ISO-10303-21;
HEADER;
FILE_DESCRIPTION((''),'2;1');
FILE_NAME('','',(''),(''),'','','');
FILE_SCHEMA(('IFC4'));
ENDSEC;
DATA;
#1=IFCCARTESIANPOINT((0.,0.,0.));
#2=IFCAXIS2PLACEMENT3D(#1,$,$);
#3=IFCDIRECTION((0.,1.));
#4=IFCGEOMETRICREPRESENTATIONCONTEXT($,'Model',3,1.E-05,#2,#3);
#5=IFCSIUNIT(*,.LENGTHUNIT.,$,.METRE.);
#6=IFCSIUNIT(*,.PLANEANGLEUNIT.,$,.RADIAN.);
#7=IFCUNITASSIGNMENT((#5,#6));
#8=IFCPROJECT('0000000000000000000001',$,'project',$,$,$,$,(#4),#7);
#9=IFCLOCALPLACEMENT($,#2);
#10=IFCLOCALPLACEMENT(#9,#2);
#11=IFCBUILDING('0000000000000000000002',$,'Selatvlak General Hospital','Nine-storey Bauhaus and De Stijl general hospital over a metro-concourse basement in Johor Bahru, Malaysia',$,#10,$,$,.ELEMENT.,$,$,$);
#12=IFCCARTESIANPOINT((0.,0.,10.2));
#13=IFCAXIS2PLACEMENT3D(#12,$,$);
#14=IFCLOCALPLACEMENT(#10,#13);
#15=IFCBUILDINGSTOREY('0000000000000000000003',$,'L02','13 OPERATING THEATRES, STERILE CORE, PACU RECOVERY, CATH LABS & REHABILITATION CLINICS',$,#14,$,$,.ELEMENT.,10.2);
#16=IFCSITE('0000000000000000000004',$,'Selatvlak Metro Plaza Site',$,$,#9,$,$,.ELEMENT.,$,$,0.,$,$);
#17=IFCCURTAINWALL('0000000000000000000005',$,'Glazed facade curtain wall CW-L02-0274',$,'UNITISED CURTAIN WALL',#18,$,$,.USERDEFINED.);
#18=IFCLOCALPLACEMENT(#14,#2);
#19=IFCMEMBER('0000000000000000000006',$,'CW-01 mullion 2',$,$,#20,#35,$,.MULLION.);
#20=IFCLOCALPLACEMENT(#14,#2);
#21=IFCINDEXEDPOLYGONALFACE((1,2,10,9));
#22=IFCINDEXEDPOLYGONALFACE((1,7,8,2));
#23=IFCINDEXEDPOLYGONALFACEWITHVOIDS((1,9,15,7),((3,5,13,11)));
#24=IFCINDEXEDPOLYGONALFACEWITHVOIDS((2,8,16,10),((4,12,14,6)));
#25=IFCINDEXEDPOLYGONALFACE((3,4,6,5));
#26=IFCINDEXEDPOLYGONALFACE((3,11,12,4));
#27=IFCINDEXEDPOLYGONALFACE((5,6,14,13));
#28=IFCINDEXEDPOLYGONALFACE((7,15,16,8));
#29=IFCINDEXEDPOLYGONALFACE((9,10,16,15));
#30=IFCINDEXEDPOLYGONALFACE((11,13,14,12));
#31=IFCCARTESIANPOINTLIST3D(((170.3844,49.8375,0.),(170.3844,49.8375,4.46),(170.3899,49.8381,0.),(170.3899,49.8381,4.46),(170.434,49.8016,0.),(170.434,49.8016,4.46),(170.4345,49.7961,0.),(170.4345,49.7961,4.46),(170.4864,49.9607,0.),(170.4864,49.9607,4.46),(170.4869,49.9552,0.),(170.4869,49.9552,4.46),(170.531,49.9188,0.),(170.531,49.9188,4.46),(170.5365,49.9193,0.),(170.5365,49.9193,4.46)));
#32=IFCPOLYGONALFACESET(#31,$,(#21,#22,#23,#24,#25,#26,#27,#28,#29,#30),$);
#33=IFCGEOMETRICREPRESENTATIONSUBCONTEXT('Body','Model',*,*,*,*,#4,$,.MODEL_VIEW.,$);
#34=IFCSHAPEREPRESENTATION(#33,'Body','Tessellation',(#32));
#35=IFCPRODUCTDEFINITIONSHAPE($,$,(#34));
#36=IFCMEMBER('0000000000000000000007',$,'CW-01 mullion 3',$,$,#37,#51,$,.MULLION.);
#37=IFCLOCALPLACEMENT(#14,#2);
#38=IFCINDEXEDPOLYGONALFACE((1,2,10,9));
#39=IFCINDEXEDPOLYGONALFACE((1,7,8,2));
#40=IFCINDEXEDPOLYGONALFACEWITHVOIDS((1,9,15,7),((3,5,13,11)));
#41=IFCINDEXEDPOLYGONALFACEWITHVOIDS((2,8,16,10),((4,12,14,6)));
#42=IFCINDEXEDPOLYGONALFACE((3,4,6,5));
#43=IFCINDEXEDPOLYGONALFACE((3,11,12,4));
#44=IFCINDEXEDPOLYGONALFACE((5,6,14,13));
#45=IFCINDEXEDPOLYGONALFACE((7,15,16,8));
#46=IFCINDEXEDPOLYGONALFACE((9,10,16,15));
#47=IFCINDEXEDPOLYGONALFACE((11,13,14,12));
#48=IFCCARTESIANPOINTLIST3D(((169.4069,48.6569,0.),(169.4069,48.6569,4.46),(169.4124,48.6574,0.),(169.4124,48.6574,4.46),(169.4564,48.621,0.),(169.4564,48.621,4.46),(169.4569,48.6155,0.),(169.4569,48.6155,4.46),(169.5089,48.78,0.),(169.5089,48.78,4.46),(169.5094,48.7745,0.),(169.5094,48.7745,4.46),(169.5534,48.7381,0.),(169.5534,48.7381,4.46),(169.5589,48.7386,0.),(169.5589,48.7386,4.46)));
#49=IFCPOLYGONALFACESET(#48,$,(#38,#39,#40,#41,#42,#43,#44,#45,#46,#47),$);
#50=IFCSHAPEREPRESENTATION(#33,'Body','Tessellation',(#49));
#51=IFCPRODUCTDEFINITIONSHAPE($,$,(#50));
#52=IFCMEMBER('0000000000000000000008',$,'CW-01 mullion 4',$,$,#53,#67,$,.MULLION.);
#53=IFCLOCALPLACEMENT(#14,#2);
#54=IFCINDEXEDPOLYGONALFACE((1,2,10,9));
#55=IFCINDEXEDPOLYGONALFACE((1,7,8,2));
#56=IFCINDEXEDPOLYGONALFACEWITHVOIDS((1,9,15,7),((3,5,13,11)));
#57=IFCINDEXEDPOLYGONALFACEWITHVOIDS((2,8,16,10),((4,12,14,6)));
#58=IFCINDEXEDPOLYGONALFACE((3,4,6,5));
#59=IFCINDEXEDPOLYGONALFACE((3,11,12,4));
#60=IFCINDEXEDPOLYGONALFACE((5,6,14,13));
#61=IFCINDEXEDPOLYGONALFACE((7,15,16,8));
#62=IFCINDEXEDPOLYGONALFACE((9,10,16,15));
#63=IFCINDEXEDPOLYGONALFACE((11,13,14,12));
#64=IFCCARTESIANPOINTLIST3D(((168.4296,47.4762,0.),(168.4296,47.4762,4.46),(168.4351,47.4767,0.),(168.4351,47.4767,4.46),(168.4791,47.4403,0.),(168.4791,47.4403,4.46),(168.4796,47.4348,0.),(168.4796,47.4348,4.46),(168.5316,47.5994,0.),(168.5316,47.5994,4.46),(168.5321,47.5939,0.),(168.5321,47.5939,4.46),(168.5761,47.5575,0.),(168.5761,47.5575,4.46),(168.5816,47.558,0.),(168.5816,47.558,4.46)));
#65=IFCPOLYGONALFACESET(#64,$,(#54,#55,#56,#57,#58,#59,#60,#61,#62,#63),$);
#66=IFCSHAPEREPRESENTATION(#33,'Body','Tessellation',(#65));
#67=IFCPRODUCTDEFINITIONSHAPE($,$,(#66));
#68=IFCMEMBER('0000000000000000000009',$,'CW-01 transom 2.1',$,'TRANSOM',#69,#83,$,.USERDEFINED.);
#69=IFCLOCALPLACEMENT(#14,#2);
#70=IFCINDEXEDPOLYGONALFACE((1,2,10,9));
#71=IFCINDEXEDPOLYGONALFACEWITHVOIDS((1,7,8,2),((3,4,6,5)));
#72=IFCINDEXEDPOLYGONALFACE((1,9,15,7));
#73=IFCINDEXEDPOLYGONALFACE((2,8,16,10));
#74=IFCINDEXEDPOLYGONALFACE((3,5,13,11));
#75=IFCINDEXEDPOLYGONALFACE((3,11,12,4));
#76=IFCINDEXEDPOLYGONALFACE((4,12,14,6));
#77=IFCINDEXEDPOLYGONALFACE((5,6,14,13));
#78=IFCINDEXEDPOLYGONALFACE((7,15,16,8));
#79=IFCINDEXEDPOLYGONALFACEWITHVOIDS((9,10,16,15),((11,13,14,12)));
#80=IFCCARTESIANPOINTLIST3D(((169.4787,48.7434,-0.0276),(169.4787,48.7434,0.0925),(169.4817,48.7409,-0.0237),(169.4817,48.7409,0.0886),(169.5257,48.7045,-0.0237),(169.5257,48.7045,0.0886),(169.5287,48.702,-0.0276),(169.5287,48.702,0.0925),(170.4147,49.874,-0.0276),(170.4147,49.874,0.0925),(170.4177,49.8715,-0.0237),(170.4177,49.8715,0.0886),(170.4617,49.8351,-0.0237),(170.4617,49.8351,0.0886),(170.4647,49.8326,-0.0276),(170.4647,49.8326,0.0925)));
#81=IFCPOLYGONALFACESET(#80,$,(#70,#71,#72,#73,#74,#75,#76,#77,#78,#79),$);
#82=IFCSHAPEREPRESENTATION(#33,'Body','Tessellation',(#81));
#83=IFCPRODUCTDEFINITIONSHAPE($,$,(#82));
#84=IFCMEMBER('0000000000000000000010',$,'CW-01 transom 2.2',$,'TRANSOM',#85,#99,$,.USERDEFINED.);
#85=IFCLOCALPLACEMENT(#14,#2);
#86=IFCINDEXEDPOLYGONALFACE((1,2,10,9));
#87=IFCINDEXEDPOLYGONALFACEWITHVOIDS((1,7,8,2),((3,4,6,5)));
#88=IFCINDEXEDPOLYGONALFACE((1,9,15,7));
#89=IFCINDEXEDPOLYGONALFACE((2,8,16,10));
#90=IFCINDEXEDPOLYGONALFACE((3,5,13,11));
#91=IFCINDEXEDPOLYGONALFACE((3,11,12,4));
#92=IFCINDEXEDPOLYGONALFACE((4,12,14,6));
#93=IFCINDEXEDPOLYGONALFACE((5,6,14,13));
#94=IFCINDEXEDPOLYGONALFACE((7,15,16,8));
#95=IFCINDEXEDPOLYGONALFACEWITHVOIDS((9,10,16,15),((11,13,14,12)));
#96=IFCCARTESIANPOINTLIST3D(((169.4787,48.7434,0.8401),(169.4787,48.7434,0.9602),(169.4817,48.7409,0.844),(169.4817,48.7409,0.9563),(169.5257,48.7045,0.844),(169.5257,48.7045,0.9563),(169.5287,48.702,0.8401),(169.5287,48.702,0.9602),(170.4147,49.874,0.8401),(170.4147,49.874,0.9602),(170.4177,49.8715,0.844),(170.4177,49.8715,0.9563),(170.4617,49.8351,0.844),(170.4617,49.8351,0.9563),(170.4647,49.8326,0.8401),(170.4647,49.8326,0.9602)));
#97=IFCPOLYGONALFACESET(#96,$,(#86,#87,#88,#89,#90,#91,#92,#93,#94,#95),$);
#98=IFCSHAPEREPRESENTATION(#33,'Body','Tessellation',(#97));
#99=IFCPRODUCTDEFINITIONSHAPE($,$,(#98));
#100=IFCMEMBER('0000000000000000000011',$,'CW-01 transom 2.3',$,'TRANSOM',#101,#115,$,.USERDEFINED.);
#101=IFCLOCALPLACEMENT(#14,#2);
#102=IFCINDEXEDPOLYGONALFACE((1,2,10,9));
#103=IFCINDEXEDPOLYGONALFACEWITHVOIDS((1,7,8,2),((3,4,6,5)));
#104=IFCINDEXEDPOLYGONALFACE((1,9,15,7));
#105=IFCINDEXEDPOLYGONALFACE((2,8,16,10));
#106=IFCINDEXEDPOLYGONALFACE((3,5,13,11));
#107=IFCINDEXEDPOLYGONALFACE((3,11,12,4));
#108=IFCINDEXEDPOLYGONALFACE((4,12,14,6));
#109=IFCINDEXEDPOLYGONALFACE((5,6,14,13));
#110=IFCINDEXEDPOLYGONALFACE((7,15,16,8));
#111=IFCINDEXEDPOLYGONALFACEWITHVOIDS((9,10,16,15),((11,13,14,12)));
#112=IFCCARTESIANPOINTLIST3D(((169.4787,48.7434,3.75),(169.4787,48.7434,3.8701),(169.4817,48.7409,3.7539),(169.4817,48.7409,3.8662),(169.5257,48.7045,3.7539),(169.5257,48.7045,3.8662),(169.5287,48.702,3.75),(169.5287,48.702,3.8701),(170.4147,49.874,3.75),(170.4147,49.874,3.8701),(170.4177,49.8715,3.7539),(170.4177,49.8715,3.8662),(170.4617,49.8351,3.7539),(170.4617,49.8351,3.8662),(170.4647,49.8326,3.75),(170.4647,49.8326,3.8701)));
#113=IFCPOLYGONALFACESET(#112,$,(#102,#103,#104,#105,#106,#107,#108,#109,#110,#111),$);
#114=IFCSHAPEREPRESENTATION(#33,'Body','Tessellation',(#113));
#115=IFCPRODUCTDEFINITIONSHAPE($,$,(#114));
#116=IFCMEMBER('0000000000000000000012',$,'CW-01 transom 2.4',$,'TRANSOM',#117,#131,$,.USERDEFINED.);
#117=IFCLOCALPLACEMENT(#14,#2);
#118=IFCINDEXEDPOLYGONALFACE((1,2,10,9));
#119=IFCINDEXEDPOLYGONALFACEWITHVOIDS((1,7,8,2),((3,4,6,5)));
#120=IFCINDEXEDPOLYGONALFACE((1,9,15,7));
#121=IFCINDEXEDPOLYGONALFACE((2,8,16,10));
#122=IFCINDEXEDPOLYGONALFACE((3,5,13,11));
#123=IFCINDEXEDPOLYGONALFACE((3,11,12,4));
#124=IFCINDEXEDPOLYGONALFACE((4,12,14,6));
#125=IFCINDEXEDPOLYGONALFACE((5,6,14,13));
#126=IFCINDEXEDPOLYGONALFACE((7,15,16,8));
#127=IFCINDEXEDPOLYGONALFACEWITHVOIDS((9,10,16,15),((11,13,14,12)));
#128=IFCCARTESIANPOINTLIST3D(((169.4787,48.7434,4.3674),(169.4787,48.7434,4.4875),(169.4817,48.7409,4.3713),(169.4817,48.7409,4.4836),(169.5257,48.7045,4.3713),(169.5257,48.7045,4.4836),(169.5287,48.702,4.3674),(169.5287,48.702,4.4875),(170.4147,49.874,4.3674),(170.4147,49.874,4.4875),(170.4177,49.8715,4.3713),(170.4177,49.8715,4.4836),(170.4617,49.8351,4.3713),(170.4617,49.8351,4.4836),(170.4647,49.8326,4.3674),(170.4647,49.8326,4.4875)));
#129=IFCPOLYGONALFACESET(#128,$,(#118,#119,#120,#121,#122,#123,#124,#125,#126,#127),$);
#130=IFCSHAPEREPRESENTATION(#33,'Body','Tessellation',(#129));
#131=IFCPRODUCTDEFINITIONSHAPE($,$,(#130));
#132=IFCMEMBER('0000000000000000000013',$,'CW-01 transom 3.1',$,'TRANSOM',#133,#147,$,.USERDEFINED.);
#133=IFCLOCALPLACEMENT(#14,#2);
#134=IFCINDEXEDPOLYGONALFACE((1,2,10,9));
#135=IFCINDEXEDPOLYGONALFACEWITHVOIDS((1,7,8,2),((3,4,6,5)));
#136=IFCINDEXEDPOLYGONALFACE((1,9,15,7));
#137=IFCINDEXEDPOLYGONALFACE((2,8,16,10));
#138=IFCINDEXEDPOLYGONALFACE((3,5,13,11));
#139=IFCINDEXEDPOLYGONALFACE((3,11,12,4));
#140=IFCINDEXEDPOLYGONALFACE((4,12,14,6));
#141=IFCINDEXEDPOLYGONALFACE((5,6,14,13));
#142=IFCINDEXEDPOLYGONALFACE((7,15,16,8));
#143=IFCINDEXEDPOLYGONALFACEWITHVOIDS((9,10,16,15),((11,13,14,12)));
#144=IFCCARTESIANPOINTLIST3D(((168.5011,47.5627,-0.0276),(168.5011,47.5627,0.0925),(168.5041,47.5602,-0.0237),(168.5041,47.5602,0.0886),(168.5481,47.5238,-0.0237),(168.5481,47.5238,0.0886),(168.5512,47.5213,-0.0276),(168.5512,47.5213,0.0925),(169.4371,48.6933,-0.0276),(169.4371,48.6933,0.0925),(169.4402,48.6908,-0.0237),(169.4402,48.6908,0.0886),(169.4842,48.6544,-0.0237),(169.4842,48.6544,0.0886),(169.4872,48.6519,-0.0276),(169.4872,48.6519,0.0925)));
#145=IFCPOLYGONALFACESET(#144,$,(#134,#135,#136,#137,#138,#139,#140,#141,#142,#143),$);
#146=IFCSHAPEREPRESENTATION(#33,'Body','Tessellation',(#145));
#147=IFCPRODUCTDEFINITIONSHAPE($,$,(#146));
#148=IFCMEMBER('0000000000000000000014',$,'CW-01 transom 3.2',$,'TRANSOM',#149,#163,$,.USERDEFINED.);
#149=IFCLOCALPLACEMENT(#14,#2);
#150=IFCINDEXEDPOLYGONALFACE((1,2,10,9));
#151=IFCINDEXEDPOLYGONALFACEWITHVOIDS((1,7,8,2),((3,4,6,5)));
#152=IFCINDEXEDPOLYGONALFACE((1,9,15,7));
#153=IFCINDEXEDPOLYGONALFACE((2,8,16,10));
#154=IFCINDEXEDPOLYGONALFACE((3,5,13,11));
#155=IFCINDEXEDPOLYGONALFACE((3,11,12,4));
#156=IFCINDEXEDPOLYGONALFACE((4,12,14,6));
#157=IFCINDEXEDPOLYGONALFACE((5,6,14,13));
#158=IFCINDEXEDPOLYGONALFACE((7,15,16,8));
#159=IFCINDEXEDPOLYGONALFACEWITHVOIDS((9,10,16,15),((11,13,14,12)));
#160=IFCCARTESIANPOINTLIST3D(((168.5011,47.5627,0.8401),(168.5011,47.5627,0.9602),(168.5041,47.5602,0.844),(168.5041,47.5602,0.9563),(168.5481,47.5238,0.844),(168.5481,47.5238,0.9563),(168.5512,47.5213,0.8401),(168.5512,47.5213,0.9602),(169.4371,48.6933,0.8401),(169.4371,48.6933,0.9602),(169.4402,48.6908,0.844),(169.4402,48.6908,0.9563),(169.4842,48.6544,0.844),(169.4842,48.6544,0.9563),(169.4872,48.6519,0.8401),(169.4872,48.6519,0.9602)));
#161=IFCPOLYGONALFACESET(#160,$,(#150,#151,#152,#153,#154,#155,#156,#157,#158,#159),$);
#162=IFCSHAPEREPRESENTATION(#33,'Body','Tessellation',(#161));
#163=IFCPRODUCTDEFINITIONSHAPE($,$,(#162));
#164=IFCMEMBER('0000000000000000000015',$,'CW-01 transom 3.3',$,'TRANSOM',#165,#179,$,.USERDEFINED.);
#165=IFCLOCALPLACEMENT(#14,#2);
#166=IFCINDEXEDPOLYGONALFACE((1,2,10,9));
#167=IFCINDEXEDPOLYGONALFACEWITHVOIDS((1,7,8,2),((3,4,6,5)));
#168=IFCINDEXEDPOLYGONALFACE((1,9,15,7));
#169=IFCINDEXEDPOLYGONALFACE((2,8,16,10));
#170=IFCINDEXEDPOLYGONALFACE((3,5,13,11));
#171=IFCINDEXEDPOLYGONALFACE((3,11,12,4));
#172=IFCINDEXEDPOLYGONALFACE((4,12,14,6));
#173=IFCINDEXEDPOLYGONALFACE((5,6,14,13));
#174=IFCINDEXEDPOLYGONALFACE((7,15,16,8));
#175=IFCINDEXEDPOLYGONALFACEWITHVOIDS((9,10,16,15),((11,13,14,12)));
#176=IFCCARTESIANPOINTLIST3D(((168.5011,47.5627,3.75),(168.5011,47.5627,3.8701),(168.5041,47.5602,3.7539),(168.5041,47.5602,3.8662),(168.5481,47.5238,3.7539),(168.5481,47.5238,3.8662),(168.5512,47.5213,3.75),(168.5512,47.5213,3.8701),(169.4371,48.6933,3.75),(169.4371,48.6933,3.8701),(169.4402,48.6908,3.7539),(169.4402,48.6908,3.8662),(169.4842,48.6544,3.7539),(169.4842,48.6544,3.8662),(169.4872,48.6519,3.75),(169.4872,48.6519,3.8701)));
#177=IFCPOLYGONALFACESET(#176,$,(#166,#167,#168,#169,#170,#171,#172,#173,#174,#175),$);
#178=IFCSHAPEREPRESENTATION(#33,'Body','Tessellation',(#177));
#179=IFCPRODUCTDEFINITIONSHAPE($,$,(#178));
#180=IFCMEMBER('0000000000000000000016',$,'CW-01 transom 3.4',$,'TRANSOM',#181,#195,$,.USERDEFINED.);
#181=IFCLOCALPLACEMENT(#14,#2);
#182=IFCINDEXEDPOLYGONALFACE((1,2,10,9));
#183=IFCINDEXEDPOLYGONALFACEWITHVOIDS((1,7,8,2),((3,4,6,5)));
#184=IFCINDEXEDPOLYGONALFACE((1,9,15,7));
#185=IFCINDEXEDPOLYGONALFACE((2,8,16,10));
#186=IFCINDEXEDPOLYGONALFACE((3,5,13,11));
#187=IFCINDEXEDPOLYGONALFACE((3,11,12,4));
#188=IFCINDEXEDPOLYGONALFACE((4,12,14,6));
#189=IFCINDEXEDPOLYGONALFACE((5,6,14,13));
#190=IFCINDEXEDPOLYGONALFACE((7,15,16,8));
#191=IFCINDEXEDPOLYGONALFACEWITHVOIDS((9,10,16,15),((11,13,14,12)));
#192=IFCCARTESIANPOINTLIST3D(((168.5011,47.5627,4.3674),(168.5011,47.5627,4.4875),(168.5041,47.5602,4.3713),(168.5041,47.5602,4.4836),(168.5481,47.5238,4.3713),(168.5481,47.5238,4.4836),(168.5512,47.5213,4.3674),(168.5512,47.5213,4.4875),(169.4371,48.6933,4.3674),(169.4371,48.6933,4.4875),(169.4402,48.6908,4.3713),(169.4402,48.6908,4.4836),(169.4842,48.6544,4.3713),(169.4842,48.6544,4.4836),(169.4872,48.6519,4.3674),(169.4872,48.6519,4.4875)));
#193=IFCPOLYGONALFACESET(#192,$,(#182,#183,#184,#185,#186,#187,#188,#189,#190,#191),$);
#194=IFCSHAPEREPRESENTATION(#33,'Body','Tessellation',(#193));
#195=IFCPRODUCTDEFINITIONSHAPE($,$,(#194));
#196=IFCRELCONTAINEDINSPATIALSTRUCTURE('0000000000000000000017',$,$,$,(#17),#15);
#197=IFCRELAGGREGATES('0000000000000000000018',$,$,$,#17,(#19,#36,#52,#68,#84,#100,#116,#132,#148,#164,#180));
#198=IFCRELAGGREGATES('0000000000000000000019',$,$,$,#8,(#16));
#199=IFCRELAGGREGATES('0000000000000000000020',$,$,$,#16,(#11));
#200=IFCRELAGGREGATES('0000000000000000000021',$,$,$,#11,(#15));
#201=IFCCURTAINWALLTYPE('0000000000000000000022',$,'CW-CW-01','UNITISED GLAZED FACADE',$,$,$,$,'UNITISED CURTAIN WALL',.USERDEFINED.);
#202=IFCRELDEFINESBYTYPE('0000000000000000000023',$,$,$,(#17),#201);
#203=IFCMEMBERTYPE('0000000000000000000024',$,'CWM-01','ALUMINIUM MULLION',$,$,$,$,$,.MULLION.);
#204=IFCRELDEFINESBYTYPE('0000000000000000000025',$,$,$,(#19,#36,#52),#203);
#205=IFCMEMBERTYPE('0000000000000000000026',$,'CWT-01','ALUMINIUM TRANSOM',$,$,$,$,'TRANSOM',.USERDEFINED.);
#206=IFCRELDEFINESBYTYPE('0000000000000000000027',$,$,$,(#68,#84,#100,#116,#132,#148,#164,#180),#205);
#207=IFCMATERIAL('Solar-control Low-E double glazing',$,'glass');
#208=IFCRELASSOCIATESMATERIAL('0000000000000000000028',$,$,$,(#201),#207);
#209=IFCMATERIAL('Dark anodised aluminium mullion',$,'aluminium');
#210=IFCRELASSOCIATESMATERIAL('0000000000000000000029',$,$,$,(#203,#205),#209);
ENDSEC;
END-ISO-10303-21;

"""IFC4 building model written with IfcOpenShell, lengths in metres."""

from ifc_helpers import new_model, si_unit, direction, frame, origin, origin_2d, place, context, subcontext, project, spatial, hollow_rectangle, extrude, material, material_profile, profile_set, type_object, element, aggregate, save


model = new_model("IFC4")

# Units and contexts
model_context = context("Model", 3, precision=1e-05, world=origin(), true_north=direction((0.0, 1.0)))
body_context = subcontext(model_context, "Body", "Model", "MODEL_VIEW")
ifc_project = project(units=[si_unit("LENGTHUNIT", "METRE"), si_unit("PLANEANGLEUNIT", "RADIAN")], contexts=[model_context])

# Site, building, storey
site_placement = place(None, origin())
site = spatial("IfcSite", under=ifc_project, at=site_placement, Name="Selatvlak Metro Plaza Site", CompositionType="ELEMENT", RefElevation=0.0)
building_placement = place(site_placement, origin())
building = spatial("IfcBuilding", under=site, at=building_placement, Name="Selatvlak General Hospital", Description="Nine-storey Bauhaus and De Stijl general hospital over a metro-concourse basement in Johor Bahru, Malaysia", CompositionType="ELEMENT")
storey_placement = place(building_placement, frame((0.0, 0.0, 10.2)))
storey = spatial("IfcBuildingStorey", under=building, at=storey_placement, Name="L02", Description="13 OPERATING THEATRES, STERILE CORE, PACU RECOVERY, CATH LABS & REHABILITATION CLINICS", CompositionType="ELEMENT", Elevation=10.2)

# Curtain wall, members
ifc_material_1 = material(Name="Solar-control Low-E double glazing", Category="glass")
curtain_wall_type = type_object("IfcCurtainWallType", Name="CW-CW-01", Description="UNITISED GLAZED FACADE", ElementType="UNITISED CURTAIN WALL", PredefinedType="USERDEFINED", material=ifc_material_1)
curtain_wall_placement = place(storey_placement, origin())
curtain_wall = element("IfcCurtainWall", 1, at=curtain_wall_placement, inside=storey, type_object=curtain_wall_type, Name="Glazed facade curtain wall CW-L02-0274", ObjectType="UNITISED CURTAIN WALL", PredefinedType="USERDEFINED")
ifc_material_2 = material(Name="Dark anodised aluminium mullion", Category="aluminium")
ifc_material_profile_1 = material_profile(ifc_material_2, hollow_rectangle(XDim=0.0649, YDim=0.1599, WallThickness=0.0039, at=origin_2d()), Name="AL-MUL 65x160x4")
ifc_profile_set_1 = profile_set([ifc_material_profile_1], Name="Dark anodised aluminium mullion")
member_type_1 = type_object("IfcMemberType", Name="CWM-01", Description="ALUMINIUM MULLION", PredefinedType="MULLION", material=ifc_profile_set_1)
member_1_placement = place(storey_placement, frame((170.4604, 49.8784, 0.0), z_axis=(0.0, 0.0, 1.0), x_axis=(0.770267, -0.637721, 0.0)))
member_1 = element("IfcMember", 2, at=member_1_placement, type_object=member_type_1, Name="CW-01 mullion 2", PredefinedType="MULLION", context=body_context, shape_type="SweptSolid", body=[
    extrude(hollow_rectangle(XDim=0.0649, YDim=0.1599, WallThickness=0.0039, at=origin_2d()), origin(), (0.0, 0.0, 1.0), 4.46),
])
member_2_placement = place(storey_placement, frame((169.4829, 48.6978, 0.0), z_axis=(0.0, 0.0, 1.0), x_axis=(0.770267, -0.637721, 0.0)))
member_2 = element("IfcMember", 3, at=member_2_placement, type_object=member_type_1, Name="CW-01 mullion 3", PredefinedType="MULLION", context=body_context, shape_type="SweptSolid", body=[
    extrude(hollow_rectangle(XDim=0.0649, YDim=0.1599, WallThickness=0.0039, at=origin_2d()), origin(), (0.0, 0.0, 1.0), 4.46),
])
member_3_placement = place(storey_placement, frame((168.5056, 47.5171, 0.0), z_axis=(0.0, 0.0, 1.0), x_axis=(0.770267, -0.637721, 0.0)))
member_3 = element("IfcMember", 4, at=member_3_placement, type_object=member_type_1, Name="CW-01 mullion 4", PredefinedType="MULLION", context=body_context, shape_type="SweptSolid", body=[
    extrude(hollow_rectangle(XDim=0.0649, YDim=0.1599, WallThickness=0.0039, at=origin_2d()), origin(), (0.0, 0.0, 1.0), 4.46),
])
ifc_material_profile_2 = material_profile(ifc_material_2, hollow_rectangle(XDim=0.0649, YDim=0.1201, WallThickness=0.0039, at=origin_2d()), Name="AL-TRN 65x120x4")
ifc_profile_set_2 = profile_set([ifc_material_profile_2], Name="Dark anodised aluminium mullion")
member_type_2 = type_object("IfcMemberType", Name="CWT-01", Description="ALUMINIUM TRANSOM", ElementType="TRANSOM", PredefinedType="USERDEFINED", material=ifc_profile_set_2)
member_4_placement = place(storey_placement, frame((170.4397, 49.8533, 0.0325), z_axis=(-0.637711, -0.770276, 0.0), x_axis=(0.770276, -0.637711, 0.0)))
member_4 = element("IfcMember", 5, at=member_4_placement, type_object=member_type_2, Name="CW-01 transom 2.1", ObjectType="TRANSOM", PredefinedType="USERDEFINED", context=body_context, shape_type="SweptSolid", body=[
    extrude(hollow_rectangle(XDim=0.0649, YDim=0.1201, WallThickness=0.0039, at=origin_2d()), origin(), (0.0, 0.0, 1.0), 1.4678),
])
member_5_placement = place(storey_placement, frame((170.4397, 49.8533, 0.9001), z_axis=(-0.637711, -0.770276, 0.0), x_axis=(0.770276, -0.637711, 0.0)))
member_5 = element("IfcMember", 6, at=member_5_placement, type_object=member_type_2, Name="CW-01 transom 2.2", ObjectType="TRANSOM", PredefinedType="USERDEFINED", context=body_context, shape_type="SweptSolid", body=[
    extrude(hollow_rectangle(XDim=0.0649, YDim=0.1201, WallThickness=0.0039, at=origin_2d()), origin(), (0.0, 0.0, 1.0), 1.4678),
])
member_6_placement = place(storey_placement, frame((170.4397, 49.8533, 3.8101), z_axis=(-0.637711, -0.770276, 0.0), x_axis=(0.770276, -0.637711, 0.0)))
member_6 = element("IfcMember", 7, at=member_6_placement, type_object=member_type_2, Name="CW-01 transom 2.3", ObjectType="TRANSOM", PredefinedType="USERDEFINED", context=body_context, shape_type="SweptSolid", body=[
    extrude(hollow_rectangle(XDim=0.0649, YDim=0.1201, WallThickness=0.0039, at=origin_2d()), origin(), (0.0, 0.0, 1.0), 1.4678),
])
member_7_placement = place(storey_placement, frame((170.4397, 49.8533, 4.4275), z_axis=(-0.637711, -0.770276, 0.0), x_axis=(0.770276, -0.637711, 0.0)))
member_7 = element("IfcMember", 8, at=member_7_placement, type_object=member_type_2, Name="CW-01 transom 2.4", ObjectType="TRANSOM", PredefinedType="USERDEFINED", context=body_context, shape_type="SweptSolid", body=[
    extrude(hollow_rectangle(XDim=0.0649, YDim=0.1201, WallThickness=0.0039, at=origin_2d()), origin(), (0.0, 0.0, 1.0), 1.4678),
])
member_8_placement = place(storey_placement, frame((169.4622, 48.6726, 0.0325), z_axis=(-0.637711, -0.770276, 0.0), x_axis=(0.770276, -0.637711, 0.0)))
member_8 = element("IfcMember", 9, at=member_8_placement, type_object=member_type_2, Name="CW-01 transom 3.1", ObjectType="TRANSOM", PredefinedType="USERDEFINED", context=body_context, shape_type="SweptSolid", body=[
    extrude(hollow_rectangle(XDim=0.0649, YDim=0.1201, WallThickness=0.0039, at=origin_2d()), origin(), (0.0, 0.0, 1.0), 1.4678),
])
member_9_placement = place(storey_placement, frame((169.4622, 48.6726, 0.9001), z_axis=(-0.637711, -0.770276, 0.0), x_axis=(0.770276, -0.637711, 0.0)))
member_9 = element("IfcMember", 10, at=member_9_placement, type_object=member_type_2, Name="CW-01 transom 3.2", ObjectType="TRANSOM", PredefinedType="USERDEFINED", context=body_context, shape_type="SweptSolid", body=[
    extrude(hollow_rectangle(XDim=0.0649, YDim=0.1201, WallThickness=0.0039, at=origin_2d()), origin(), (0.0, 0.0, 1.0), 1.4678),
])
member_10_placement = place(storey_placement, frame((169.4622, 48.6726, 3.8101), z_axis=(-0.637711, -0.770276, 0.0), x_axis=(0.770276, -0.637711, 0.0)))
member_10 = element("IfcMember", 11, at=member_10_placement, type_object=member_type_2, Name="CW-01 transom 3.3", ObjectType="TRANSOM", PredefinedType="USERDEFINED", context=body_context, shape_type="SweptSolid", body=[
    extrude(hollow_rectangle(XDim=0.0649, YDim=0.1201, WallThickness=0.0039, at=origin_2d()), origin(), (0.0, 0.0, 1.0), 1.4678),
])
member_11_placement = place(storey_placement, frame((169.4622, 48.6726, 4.4275), z_axis=(-0.637711, -0.770276, 0.0), x_axis=(0.770276, -0.637711, 0.0)))
member_11 = element("IfcMember", 12, at=member_11_placement, type_object=member_type_2, Name="CW-01 transom 3.4", ObjectType="TRANSOM", PredefinedType="USERDEFINED", context=body_context, shape_type="SweptSolid", body=[
    extrude(hollow_rectangle(XDim=0.0649, YDim=0.1201, WallThickness=0.0039, at=origin_2d()), origin(), (0.0, 0.0, 1.0), 1.4678),
])
aggregate(curtain_wall, [member_1, member_2, member_3, member_4, member_5, member_6, member_7, member_8, member_9, member_10, member_11])

save(model, "model.ifc")
